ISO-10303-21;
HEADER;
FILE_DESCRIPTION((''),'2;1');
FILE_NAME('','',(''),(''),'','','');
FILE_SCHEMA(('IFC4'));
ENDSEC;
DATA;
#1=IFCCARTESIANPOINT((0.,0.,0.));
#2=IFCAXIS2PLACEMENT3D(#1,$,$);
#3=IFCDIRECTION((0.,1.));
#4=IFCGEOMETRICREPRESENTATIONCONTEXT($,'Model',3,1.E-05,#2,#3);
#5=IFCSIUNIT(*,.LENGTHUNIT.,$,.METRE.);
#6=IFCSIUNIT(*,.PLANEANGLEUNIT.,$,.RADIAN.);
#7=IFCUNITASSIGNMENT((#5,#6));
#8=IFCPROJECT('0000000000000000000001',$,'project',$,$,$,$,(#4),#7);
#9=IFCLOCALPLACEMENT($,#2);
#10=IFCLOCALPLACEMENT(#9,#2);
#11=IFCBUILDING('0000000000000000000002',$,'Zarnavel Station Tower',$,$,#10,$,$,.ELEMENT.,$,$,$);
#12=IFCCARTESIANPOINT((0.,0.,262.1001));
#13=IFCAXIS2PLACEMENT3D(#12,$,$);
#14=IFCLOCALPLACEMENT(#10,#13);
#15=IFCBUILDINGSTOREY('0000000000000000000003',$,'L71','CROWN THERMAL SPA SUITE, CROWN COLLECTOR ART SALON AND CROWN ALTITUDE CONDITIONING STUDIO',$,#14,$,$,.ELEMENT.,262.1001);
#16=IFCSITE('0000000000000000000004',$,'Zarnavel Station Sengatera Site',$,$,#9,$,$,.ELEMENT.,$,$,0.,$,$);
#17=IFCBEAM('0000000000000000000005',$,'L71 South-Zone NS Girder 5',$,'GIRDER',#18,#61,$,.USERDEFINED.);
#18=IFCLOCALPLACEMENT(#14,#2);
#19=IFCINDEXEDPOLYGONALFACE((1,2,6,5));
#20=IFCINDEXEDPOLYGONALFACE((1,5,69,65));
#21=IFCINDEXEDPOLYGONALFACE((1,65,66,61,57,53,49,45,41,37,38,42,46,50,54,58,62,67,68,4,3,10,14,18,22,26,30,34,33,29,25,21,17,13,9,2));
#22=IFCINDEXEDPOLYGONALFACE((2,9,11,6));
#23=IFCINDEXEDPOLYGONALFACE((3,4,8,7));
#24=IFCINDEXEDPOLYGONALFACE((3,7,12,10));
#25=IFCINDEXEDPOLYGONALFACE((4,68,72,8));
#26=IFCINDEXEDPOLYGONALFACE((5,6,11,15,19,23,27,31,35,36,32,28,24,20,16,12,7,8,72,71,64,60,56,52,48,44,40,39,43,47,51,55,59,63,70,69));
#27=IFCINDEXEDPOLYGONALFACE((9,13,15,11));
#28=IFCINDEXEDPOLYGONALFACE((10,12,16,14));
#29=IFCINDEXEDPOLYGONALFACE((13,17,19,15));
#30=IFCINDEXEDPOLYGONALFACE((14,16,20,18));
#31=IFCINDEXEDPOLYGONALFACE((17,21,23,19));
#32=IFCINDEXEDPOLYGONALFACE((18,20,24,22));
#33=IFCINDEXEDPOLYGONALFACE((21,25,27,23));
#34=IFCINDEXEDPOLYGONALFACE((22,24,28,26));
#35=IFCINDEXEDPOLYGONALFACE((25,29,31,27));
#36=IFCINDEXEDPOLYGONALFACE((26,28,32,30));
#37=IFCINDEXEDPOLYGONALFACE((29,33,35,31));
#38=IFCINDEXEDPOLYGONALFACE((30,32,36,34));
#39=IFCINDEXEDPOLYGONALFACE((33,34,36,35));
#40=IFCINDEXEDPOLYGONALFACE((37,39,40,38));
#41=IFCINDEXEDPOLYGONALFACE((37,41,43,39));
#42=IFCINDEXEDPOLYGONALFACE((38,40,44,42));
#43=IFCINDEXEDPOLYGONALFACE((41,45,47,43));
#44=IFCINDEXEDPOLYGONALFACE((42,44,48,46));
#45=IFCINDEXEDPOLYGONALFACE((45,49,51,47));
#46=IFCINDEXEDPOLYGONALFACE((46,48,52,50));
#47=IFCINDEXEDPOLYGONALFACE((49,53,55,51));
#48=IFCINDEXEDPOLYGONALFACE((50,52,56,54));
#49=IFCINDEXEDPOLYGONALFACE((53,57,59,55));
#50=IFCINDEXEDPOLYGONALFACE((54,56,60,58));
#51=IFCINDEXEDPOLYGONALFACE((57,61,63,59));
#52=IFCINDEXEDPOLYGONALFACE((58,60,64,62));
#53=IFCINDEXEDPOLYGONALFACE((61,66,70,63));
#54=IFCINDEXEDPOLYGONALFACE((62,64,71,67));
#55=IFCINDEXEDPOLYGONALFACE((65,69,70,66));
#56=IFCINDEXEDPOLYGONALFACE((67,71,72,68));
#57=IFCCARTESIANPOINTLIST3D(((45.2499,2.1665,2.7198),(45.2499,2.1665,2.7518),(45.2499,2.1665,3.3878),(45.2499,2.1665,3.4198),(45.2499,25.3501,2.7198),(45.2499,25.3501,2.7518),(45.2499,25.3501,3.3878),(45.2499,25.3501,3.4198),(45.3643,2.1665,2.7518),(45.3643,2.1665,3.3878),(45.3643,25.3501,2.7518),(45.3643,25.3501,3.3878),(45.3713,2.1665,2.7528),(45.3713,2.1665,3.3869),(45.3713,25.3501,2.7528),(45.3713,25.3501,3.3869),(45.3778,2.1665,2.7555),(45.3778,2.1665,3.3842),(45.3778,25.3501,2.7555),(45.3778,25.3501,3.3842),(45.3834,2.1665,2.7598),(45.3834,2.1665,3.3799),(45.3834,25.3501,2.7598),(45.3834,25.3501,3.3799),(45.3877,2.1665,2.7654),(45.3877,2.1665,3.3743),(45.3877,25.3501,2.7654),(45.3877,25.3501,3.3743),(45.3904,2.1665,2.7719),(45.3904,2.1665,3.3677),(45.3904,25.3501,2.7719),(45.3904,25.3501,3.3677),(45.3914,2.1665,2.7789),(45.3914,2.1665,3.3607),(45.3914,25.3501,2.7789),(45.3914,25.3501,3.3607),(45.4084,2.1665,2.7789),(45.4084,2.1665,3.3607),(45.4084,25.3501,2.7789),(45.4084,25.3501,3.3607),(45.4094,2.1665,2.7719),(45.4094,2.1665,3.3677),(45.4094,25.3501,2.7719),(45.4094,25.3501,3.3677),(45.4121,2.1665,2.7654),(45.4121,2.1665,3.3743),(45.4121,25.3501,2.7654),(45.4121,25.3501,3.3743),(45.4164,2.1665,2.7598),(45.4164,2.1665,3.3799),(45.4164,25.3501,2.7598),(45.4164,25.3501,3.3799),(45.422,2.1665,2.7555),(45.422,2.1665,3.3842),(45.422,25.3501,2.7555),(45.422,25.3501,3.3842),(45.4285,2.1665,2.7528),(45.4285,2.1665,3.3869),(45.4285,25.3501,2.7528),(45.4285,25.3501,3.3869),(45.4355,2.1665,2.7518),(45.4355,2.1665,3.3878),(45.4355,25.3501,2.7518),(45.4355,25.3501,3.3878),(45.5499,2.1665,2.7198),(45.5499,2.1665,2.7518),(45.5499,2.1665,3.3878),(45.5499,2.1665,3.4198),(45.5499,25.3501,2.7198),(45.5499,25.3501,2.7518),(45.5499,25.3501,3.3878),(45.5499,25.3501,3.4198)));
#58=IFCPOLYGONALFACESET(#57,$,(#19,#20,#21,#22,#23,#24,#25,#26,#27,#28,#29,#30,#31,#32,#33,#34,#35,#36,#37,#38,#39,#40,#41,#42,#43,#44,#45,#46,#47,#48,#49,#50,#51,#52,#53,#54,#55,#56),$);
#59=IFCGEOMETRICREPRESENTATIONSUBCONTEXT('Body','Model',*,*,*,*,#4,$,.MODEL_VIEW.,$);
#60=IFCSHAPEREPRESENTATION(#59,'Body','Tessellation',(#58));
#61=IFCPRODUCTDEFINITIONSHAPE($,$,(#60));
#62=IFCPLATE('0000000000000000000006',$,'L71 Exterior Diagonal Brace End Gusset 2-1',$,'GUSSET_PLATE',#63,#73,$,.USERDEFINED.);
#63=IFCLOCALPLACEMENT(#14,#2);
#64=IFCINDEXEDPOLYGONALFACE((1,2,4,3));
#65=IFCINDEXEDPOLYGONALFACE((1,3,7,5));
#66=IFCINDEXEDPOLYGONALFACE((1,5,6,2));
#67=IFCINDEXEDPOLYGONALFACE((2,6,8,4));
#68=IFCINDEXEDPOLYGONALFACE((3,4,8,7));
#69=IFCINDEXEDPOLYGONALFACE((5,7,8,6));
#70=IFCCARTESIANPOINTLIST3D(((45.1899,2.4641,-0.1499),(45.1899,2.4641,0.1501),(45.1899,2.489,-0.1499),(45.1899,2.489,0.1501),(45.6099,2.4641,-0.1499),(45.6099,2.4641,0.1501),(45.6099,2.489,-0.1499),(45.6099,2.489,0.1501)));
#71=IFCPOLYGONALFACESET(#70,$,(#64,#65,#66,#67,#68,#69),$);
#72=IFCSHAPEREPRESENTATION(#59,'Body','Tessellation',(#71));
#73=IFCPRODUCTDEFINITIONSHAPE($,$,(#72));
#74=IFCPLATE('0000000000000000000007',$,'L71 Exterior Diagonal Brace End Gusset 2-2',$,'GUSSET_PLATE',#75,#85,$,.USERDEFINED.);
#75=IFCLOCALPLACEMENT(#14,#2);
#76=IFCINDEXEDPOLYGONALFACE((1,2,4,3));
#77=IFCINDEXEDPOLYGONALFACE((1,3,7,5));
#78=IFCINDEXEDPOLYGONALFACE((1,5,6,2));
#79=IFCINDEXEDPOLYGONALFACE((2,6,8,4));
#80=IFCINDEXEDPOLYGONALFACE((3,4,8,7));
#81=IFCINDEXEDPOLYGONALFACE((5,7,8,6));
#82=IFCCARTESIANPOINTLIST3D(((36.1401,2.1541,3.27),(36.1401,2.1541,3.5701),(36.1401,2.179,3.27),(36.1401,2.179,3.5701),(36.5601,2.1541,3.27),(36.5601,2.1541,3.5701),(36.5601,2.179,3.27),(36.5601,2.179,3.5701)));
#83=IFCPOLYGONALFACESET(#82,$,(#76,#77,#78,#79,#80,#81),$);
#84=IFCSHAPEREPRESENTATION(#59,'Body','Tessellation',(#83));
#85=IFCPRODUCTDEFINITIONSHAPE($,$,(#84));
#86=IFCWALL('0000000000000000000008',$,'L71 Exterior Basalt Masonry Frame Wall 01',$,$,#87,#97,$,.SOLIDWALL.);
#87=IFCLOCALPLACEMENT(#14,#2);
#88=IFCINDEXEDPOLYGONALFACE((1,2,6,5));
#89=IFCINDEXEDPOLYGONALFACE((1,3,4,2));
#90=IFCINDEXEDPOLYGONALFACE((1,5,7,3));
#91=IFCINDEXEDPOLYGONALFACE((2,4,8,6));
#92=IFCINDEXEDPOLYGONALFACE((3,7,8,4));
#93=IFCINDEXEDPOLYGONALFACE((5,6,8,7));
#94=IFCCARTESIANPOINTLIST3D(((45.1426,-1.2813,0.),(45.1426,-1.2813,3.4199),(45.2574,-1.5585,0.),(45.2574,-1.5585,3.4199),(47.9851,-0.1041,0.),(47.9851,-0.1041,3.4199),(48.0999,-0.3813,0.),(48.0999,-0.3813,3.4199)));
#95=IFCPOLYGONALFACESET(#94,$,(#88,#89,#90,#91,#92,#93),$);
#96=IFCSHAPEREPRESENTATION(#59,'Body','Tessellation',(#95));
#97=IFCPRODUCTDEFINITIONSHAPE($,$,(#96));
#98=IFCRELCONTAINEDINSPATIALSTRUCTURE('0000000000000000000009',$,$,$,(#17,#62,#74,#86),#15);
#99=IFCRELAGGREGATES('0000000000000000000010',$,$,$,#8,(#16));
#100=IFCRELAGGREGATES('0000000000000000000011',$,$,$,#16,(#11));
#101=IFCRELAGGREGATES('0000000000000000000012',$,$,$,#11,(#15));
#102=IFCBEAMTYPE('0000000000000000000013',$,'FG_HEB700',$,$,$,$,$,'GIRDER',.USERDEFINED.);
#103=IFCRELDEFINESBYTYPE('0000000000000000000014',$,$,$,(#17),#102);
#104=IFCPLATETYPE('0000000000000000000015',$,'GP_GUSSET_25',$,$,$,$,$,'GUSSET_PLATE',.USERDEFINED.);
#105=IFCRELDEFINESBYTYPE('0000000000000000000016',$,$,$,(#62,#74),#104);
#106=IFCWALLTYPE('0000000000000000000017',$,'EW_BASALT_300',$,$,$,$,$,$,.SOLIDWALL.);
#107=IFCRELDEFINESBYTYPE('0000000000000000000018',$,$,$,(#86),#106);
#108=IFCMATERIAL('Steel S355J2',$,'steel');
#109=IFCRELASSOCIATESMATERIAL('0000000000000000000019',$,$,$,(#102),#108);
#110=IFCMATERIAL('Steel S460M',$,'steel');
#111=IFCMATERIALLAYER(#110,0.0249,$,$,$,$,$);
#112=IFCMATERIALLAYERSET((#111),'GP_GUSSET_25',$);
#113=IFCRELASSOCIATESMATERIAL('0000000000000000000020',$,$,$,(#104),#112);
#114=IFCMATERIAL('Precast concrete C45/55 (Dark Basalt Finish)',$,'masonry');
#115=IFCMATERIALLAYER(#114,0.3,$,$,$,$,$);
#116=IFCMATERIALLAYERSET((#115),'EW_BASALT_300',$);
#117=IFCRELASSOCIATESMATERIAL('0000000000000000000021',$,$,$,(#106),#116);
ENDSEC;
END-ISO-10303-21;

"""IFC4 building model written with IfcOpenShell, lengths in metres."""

from ifc_helpers import new_model, si_unit, direction, frame, frame_2d, origin, origin_2d, place, context, subcontext, project, spatial, rectangle, i_section, extrude, material, layer, layer_set, material_profile, profile_set, type_object, element, save


model = new_model("IFC4")

# Units and contexts
model_context = context("Model", 3, precision=1e-05, world=origin(), true_north=direction((0.0, 1.0)))
body_context = subcontext(model_context, "Body", "Model", "MODEL_VIEW")
ifc_project = project(units=[si_unit("LENGTHUNIT", "METRE"), si_unit("PLANEANGLEUNIT", "RADIAN")], contexts=[model_context])

# Site, building, storey
site_placement = place(None, origin())
site = spatial("IfcSite", under=ifc_project, at=site_placement, Name="Zarnavel Station Sengatera Site", CompositionType="ELEMENT", RefElevation=0.0)
building_placement = place(site_placement, origin())
building = spatial("IfcBuilding", under=site, at=building_placement, Name="Zarnavel Station Tower", CompositionType="ELEMENT")
storey_placement = place(building_placement, frame((0.0, 0.0, 262.1001)))
storey = spatial("IfcBuildingStorey", under=building, at=storey_placement, Name="L71", Description="CROWN THERMAL SPA SUITE, CROWN COLLECTOR ART SALON AND CROWN ALTITUDE CONDITIONING STUDIO", CompositionType="ELEMENT", Elevation=262.1001)

# Beam
ifc_material_1 = material(Name="Steel S355J2", Category="steel")
ifc_material_profile_1 = material_profile(ifc_material_1, i_section(OverallWidth=0.3, OverallDepth=0.7, WebThickness=0.0171, FlangeThickness=0.032, FilletRadius=0.0271, at=origin_2d()), Name="HEB700")
ifc_profile_set_1 = profile_set([ifc_material_profile_1], Name="Steel S355J2")
beam_type_1 = type_object("IfcBeamType", Name="FG_HEB700", ElementType="GIRDER", PredefinedType="USERDEFINED", material=ifc_profile_set_1)
for number, where, z_axis, x_axis, name in (
    (1, (45.3999, 2.1665, 3.0698), (0.0, 1.0, 0.0), (-1.0, 0.0, 0.0), "L71 South-Zone NS Girder 5"),
):
    element("IfcBeam", number, at=place(storey_placement, frame(where, z_axis=z_axis, x_axis=x_axis)), inside=storey, type_object=beam_type_1, Name=name, ObjectType="GIRDER", PredefinedType="USERDEFINED", context=body_context, shape_type="SweptSolid", body=[
        extrude(i_section(OverallWidth=0.3, OverallDepth=0.7, WebThickness=0.0171, FlangeThickness=0.032, FilletRadius=0.0271, at=origin_2d()), origin(), (0.0, 0.0, 1.0), 23.1836),
    ])

# Plates
ifc_material_2 = material(Name="Steel S460M", Category="steel")
ifc_layer_1 = layer(ifc_material_2, 0.0249)
ifc_layer_set_1 = layer_set([ifc_layer_1], Name="GP_GUSSET_25")
plate_type = type_object("IfcPlateType", Name="GP_GUSSET_25", ElementType="GUSSET_PLATE", PredefinedType="USERDEFINED", material=ifc_layer_set_1)
for number, where, z_axis, x_axis, name in (
    (2, (45.3999, 2.4766, -0.1499), (0.0, 0.0, 1.0), (1.0, 0.0, 0.0), "L71 Exterior Diagonal Brace End Gusset 2-1"),
    (3, (36.3501, 2.1665, 3.27), (0.0, 0.0, 1.0), (1.0, 0.0, 0.0), "L71 Exterior Diagonal Brace End Gusset 2-2"),
):
    element("IfcPlate", number, at=place(storey_placement, frame(where, z_axis=z_axis, x_axis=x_axis)), inside=storey, type_object=plate_type, Name=name, ObjectType="GUSSET_PLATE", PredefinedType="USERDEFINED", context=body_context, shape_type="SweptSolid", body=[
        extrude(rectangle(XDim=0.4199, YDim=0.0249, at=origin_2d()), origin(), (0.0, 0.0, 1.0), 0.3),
    ])

# Wall
ifc_material_3 = material(Name="Precast concrete C45/55 (Dark Basalt Finish)", Category="masonry")
ifc_layer_2 = layer(ifc_material_3, 0.3)
ifc_layer_set_2 = layer_set([ifc_layer_2], Name="EW_BASALT_300")
wall_type_1 = type_object("IfcWallType", Name="EW_BASALT_300", PredefinedType="SOLIDWALL", material=ifc_layer_set_2)
wall_1_placement = place(storey_placement, frame((48.0425, -0.2427, 0.0), z_axis=(0.0, 0.0, 1.0), x_axis=(-0.923899, -0.382637, 0.0)))
element("IfcWall", 4, at=wall_1_placement, inside=storey, type_object=wall_type_1, Name="L71 Exterior Basalt Masonry Frame Wall 01", PredefinedType="SOLIDWALL", context=body_context, shape_type="SweptSolid", body=[
    extrude(rectangle(XDim=3.0767, YDim=0.3, at=frame_2d((1.5383, 0.0))), origin(), (0.0, 0.0, 1.0), 3.4199),
])

save(model, "model.ifc")
